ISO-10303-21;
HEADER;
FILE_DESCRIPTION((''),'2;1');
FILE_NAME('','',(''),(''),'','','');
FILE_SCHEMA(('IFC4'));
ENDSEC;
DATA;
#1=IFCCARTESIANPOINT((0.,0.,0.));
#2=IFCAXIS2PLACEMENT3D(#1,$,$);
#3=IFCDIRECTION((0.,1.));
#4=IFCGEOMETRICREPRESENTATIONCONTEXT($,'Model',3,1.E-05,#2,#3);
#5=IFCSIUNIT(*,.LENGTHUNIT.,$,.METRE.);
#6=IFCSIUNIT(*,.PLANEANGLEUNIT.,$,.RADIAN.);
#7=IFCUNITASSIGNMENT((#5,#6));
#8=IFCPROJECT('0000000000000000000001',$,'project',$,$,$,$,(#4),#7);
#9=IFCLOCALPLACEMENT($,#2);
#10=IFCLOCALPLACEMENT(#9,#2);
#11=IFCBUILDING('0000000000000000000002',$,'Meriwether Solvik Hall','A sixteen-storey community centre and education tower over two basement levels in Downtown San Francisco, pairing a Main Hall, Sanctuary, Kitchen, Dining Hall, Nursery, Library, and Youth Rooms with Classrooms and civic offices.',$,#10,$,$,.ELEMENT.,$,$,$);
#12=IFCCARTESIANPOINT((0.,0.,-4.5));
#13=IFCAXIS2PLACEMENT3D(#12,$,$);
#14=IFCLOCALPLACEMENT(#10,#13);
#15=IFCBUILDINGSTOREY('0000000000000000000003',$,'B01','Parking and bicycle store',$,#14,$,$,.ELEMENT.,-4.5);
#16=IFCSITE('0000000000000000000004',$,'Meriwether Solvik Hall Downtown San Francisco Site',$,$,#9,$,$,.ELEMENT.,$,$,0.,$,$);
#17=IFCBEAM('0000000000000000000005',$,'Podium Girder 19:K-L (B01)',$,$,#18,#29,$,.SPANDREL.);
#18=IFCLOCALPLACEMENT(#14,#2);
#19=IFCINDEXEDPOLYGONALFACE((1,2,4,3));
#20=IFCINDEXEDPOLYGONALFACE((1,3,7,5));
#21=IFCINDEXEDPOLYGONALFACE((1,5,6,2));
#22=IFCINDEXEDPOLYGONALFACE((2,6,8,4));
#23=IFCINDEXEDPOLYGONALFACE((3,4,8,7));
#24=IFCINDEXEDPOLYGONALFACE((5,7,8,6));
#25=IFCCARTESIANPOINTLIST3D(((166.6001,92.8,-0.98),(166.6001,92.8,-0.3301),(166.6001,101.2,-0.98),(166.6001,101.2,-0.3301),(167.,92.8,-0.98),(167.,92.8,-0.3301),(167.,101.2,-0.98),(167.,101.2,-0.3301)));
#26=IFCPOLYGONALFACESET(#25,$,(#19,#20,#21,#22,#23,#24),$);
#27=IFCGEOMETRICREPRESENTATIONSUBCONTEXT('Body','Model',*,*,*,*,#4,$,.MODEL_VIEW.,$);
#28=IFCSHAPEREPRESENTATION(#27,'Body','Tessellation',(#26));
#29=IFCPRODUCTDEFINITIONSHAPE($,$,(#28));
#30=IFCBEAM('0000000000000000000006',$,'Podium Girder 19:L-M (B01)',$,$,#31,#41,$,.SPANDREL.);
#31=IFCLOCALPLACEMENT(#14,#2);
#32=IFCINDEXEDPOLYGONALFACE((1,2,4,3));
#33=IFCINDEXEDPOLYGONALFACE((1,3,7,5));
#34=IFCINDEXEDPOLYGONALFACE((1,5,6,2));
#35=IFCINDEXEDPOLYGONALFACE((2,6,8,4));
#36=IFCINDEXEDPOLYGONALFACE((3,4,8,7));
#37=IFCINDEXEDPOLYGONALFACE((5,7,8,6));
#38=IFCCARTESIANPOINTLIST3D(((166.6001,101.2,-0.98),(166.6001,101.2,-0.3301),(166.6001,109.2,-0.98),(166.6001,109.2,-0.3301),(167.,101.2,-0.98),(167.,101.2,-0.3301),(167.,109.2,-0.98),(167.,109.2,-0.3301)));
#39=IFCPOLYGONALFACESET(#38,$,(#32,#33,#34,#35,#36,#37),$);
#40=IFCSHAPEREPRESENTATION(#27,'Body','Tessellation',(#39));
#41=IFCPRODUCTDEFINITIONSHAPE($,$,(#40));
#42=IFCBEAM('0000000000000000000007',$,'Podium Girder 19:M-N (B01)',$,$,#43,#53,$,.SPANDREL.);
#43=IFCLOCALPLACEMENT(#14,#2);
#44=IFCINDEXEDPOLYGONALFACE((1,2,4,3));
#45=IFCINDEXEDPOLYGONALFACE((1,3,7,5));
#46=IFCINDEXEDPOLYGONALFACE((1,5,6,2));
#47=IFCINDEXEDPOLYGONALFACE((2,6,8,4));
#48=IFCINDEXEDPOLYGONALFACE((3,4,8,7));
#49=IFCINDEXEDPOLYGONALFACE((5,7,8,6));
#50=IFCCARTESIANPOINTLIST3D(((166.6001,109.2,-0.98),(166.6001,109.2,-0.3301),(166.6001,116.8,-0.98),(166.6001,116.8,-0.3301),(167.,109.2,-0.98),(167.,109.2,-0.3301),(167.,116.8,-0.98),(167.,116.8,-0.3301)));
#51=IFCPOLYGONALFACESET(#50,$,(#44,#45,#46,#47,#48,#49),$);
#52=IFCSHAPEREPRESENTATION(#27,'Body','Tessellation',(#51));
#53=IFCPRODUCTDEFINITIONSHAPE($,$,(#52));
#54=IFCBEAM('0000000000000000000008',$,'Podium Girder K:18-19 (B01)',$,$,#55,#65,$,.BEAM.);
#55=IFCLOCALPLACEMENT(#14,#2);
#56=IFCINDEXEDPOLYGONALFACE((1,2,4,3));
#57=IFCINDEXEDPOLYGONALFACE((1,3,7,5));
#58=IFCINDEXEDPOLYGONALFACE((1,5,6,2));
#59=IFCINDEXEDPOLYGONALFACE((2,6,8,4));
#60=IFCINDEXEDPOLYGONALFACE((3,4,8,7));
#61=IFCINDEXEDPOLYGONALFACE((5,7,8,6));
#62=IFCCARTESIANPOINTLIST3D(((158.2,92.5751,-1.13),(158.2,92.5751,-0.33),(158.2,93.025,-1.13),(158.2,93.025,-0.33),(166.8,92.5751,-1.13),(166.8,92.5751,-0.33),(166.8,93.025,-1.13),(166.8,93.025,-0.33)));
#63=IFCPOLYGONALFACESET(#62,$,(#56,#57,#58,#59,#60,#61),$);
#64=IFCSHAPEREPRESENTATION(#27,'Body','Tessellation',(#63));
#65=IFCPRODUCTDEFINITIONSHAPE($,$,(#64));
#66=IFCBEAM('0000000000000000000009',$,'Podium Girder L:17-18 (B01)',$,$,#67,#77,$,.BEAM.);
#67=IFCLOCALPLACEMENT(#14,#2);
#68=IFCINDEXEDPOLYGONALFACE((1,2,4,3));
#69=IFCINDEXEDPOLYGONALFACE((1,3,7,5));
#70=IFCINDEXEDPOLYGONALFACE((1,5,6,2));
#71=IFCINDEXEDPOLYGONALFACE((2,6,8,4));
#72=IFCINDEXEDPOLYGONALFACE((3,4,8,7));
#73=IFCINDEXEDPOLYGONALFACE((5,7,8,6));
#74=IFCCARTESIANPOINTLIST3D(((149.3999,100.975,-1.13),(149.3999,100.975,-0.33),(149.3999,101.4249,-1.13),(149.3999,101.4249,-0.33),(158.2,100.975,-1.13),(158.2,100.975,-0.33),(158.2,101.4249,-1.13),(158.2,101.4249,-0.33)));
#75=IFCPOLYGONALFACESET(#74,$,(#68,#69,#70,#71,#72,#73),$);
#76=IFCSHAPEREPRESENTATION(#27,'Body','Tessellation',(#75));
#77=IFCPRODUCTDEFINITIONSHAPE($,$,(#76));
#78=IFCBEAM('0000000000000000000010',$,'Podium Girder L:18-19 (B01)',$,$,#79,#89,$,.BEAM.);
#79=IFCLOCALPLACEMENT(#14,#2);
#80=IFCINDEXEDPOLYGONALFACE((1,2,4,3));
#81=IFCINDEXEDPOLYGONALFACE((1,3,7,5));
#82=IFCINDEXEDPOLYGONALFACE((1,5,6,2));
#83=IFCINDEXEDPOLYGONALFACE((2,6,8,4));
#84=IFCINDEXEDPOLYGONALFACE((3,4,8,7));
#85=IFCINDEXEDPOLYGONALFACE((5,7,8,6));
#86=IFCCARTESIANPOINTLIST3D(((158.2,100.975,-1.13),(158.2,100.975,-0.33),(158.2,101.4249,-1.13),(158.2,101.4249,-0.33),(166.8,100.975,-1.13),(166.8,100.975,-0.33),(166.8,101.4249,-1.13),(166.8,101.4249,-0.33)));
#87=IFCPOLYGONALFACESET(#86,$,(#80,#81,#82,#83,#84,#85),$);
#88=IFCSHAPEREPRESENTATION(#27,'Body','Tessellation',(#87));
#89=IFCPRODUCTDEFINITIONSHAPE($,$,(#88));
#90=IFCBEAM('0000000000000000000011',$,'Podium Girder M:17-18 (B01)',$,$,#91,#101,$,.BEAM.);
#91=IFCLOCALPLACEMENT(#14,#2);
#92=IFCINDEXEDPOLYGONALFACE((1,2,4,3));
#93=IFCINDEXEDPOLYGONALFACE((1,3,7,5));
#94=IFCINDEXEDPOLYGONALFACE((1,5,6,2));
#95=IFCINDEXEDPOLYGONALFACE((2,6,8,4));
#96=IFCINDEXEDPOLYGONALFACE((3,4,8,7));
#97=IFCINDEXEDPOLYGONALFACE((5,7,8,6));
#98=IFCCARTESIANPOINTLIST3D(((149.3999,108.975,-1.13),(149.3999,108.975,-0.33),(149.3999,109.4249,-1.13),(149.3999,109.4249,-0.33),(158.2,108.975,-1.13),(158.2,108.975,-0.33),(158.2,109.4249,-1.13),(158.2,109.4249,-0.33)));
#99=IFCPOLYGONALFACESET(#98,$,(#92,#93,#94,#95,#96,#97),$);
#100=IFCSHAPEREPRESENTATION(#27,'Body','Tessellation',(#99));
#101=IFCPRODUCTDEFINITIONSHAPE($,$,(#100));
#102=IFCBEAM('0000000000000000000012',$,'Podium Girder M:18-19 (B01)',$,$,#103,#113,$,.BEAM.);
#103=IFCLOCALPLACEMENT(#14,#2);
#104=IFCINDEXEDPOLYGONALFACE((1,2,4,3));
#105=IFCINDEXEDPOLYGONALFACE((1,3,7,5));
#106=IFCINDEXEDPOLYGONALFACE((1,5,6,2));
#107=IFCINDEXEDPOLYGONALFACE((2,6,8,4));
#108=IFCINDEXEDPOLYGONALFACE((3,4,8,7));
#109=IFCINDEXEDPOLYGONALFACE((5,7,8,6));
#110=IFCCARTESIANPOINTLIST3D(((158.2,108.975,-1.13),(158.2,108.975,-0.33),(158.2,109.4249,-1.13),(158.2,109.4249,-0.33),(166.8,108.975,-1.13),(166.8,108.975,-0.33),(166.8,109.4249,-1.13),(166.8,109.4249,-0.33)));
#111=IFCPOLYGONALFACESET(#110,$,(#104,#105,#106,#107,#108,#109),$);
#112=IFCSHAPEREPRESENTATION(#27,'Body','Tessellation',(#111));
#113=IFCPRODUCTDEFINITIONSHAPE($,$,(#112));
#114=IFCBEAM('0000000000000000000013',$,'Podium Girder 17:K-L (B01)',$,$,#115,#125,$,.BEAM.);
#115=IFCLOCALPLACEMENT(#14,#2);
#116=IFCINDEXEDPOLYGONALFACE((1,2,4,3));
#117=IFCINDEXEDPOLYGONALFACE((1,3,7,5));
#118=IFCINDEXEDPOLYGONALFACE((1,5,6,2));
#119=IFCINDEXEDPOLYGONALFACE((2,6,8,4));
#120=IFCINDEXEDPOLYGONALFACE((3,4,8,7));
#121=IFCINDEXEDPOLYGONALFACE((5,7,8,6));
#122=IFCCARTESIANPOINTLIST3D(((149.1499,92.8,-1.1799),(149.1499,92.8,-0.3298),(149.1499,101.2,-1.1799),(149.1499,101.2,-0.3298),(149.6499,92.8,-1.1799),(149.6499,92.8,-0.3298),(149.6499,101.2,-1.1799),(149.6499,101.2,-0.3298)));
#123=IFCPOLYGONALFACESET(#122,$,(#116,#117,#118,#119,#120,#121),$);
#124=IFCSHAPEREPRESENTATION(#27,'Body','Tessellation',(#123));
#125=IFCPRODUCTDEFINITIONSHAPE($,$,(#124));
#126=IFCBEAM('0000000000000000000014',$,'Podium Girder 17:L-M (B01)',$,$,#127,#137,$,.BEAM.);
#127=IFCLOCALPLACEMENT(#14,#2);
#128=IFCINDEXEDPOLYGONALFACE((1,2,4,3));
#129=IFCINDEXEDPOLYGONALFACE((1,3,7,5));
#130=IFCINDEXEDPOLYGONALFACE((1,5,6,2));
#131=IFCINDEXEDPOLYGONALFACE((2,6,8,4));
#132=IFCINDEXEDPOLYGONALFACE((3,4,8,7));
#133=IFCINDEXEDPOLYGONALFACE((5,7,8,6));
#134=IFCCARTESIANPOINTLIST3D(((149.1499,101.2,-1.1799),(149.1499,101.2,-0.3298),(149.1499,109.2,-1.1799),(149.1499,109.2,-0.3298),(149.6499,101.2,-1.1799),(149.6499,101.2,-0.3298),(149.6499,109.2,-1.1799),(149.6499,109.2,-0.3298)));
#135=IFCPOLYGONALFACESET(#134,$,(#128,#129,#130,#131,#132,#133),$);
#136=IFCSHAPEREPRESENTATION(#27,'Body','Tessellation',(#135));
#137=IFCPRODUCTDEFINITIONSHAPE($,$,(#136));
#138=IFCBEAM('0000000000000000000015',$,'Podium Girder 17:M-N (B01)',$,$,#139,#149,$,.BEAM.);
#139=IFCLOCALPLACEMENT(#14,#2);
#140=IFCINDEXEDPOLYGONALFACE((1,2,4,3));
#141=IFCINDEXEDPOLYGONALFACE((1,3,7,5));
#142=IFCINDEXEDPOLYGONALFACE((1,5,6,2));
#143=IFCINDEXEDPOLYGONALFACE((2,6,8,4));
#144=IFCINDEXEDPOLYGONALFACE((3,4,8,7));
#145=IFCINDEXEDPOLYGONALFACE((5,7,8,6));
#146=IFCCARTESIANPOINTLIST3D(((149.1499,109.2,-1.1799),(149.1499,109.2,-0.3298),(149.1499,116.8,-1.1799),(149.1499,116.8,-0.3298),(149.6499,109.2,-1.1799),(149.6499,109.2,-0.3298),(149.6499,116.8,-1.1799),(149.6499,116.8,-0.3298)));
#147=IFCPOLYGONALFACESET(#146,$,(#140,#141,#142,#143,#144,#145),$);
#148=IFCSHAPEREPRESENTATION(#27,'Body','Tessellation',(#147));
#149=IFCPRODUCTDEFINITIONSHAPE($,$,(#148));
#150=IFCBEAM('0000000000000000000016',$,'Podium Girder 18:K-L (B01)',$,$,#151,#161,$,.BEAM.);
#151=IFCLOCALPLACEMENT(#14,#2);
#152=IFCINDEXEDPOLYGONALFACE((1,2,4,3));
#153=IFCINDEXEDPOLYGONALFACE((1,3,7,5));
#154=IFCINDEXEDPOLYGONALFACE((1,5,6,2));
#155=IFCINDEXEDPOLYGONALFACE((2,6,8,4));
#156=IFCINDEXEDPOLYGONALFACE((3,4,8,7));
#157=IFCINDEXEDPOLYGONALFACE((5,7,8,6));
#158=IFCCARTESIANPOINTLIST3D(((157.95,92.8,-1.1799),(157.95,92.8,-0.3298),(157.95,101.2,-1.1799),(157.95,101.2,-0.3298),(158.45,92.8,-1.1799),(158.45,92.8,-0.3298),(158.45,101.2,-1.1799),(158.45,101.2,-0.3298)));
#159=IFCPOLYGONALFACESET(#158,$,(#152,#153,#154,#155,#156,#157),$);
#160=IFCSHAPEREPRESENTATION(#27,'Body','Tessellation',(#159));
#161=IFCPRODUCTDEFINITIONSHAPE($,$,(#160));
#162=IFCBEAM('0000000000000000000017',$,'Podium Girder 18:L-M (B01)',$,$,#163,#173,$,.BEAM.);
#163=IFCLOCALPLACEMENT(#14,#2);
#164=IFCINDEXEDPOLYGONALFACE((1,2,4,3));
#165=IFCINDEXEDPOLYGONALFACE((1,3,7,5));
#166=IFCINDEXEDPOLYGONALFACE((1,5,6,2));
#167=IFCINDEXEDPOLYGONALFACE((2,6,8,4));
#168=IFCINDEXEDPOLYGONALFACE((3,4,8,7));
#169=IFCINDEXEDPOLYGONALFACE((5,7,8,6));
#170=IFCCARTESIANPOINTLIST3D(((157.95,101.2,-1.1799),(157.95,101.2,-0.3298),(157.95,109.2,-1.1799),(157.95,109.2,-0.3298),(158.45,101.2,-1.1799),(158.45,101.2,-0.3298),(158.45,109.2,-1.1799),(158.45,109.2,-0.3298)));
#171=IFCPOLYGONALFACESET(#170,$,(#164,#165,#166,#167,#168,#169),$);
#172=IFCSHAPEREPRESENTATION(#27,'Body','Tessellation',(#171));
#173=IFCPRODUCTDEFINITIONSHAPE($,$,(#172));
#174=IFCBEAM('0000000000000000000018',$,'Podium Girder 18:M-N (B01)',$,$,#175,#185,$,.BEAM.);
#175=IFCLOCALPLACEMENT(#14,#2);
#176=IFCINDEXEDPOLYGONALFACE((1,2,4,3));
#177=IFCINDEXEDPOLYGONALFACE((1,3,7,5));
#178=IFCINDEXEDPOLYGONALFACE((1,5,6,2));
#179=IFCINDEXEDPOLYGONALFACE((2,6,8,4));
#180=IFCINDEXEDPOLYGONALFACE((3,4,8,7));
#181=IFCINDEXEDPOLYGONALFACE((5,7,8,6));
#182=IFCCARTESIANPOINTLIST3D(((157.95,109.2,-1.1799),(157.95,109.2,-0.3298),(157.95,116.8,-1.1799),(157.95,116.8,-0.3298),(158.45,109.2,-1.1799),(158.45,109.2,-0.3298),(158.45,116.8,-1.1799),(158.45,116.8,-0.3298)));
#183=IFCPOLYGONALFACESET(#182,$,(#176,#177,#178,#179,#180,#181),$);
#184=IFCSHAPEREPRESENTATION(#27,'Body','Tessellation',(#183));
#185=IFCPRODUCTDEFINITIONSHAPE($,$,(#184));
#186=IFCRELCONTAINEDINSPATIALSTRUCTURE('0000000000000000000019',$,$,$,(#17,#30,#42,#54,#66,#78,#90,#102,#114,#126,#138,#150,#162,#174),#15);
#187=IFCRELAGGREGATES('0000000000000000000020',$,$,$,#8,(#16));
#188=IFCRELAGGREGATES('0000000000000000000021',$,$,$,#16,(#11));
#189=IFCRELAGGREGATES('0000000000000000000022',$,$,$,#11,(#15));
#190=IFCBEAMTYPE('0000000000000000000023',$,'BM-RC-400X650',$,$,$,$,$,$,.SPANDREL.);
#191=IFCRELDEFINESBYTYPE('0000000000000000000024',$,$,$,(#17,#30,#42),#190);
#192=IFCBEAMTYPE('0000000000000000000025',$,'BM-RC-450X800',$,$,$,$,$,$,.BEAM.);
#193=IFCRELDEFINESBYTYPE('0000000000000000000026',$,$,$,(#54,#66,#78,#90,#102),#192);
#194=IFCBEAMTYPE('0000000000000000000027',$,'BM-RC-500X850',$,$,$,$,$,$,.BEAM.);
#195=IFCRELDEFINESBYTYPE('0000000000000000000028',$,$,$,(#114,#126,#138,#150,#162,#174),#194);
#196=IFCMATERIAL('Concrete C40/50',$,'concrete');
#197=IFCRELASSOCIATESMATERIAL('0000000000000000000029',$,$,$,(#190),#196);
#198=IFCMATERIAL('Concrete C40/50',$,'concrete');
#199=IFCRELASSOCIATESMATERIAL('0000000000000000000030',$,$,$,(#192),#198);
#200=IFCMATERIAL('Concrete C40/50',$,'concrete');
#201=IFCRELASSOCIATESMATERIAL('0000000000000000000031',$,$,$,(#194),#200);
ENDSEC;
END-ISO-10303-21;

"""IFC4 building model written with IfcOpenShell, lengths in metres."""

from ifc_helpers import new_model, si_unit, direction, frame, origin, origin_2d, place, context, subcontext, project, spatial, rectangle, extrude, material, material_profile, profile_set, type_object, element, save


model = new_model("IFC4")

# Units and contexts
model_context = context("Model", 3, precision=1e-05, world=origin(), true_north=direction((0.0, 1.0)))
body_context = subcontext(model_context, "Body", "Model", "MODEL_VIEW")
ifc_project = project(units=[si_unit("LENGTHUNIT", "METRE"), si_unit("PLANEANGLEUNIT", "RADIAN")], contexts=[model_context])

# Site, building, storey
site_placement = place(None, origin())
site = spatial("IfcSite", under=ifc_project, at=site_placement, Name="Meriwether Solvik Hall Downtown San Francisco Site", CompositionType="ELEMENT", RefElevation=0.0)
building_placement = place(site_placement, origin())
building = spatial("IfcBuilding", under=site, at=building_placement, Name="Meriwether Solvik Hall", Description="A sixteen-storey community centre and education tower over two basement levels in Downtown San Francisco, pairing a Main Hall, Sanctuary, Kitchen, Dining Hall, Nursery, Library, and Youth Rooms with Classrooms and civic offices.", CompositionType="ELEMENT")
storey_placement = place(building_placement, frame((0.0, 0.0, -4.5)))
storey = spatial("IfcBuildingStorey", under=building, at=storey_placement, Name="B01", Description="Parking and bicycle store", CompositionType="ELEMENT", Elevation=-4.5)

# Beams
ifc_material_1 = material(Name="Concrete C40/50", Category="concrete")
ifc_material_profile_1 = material_profile(ifc_material_1, rectangle(XDim=0.3999, YDim=0.6499, at=origin_2d()), Name="RCB-400X650")
ifc_profile_set_1 = profile_set([ifc_material_profile_1], Name="Concrete C40/50")
beam_type_1 = type_object("IfcBeamType", Name="BM-RC-400X650", PredefinedType="SPANDREL", material=ifc_profile_set_1)
beam_1_placement = place(storey_placement, frame((166.8, 92.8, -0.655), z_axis=(0.0, 1.0, 0.0), x_axis=(-1.0, 0.0, 0.0)))
element("IfcBeam", 1, at=beam_1_placement, inside=storey, type_object=beam_type_1, Name="Podium Girder 19:K-L (B01)", PredefinedType="SPANDREL", context=body_context, shape_type="SweptSolid", body=[
    extrude(rectangle(XDim=0.3999, YDim=0.6499, at=origin_2d()), origin(), (0.0, 0.0, 1.0), 8.3999),
])
beam_2_placement = place(storey_placement, frame((166.8, 101.2, -0.655), z_axis=(0.0, 1.0, 0.0), x_axis=(-1.0, 0.0, 0.0)))
element("IfcBeam", 2, at=beam_2_placement, inside=storey, type_object=beam_type_1, Name="Podium Girder 19:L-M (B01)", PredefinedType="SPANDREL", context=body_context, shape_type="SweptSolid", body=[
    extrude(rectangle(XDim=0.3999, YDim=0.6499, at=origin_2d()), origin(), (0.0, 0.0, 1.0), 8.0),
])
beam_3_placement = place(storey_placement, frame((166.8, 109.2, -0.655), z_axis=(0.0, 1.0, 0.0), x_axis=(-1.0, 0.0, 0.0)))
element("IfcBeam", 3, at=beam_3_placement, inside=storey, type_object=beam_type_1, Name="Podium Girder 19:M-N (B01)", PredefinedType="SPANDREL", context=body_context, shape_type="SweptSolid", body=[
    extrude(rectangle(XDim=0.3999, YDim=0.6499, at=origin_2d()), origin(), (0.0, 0.0, 1.0), 7.6001),
])
ifc_material_2 = material(Name="Concrete C40/50", Category="concrete")
ifc_material_profile_2 = material_profile(ifc_material_2, rectangle(XDim=0.45, YDim=0.8, at=origin_2d()), Name="RCB-450X800")
ifc_profile_set_2 = profile_set([ifc_material_profile_2], Name="Concrete C40/50")
beam_type_2 = type_object("IfcBeamType", Name="BM-RC-450X800", PredefinedType="BEAM", material=ifc_profile_set_2)
beam_4_placement = place(storey_placement, frame((158.2, 92.8, -0.73), z_axis=(1.0, 0.0, 0.0), x_axis=(0.0, 1.0, 0.0)))
element("IfcBeam", 4, at=beam_4_placement, inside=storey, type_object=beam_type_2, Name="Podium Girder K:18-19 (B01)", PredefinedType="BEAM", context=body_context, shape_type="SweptSolid", body=[
    extrude(rectangle(XDim=0.45, YDim=0.8, at=origin_2d()), origin(), (0.0, 0.0, 1.0), 8.6001),
])
beam_5_placement = place(storey_placement, frame((149.3999, 101.2, -0.73), z_axis=(1.0, 0.0, 0.0), x_axis=(0.0, 1.0, 0.0)))
element("IfcBeam", 5, at=beam_5_placement, inside=storey, type_object=beam_type_2, Name="Podium Girder L:17-18 (B01)", PredefinedType="BEAM", context=body_context, shape_type="SweptSolid", body=[
    extrude(rectangle(XDim=0.45, YDim=0.8, at=origin_2d()), origin(), (0.0, 0.0, 1.0), 8.8),
])
beam_6_placement = place(storey_placement, frame((158.2, 101.2, -0.73), z_axis=(1.0, 0.0, 0.0), x_axis=(0.0, 1.0, 0.0)))
element("IfcBeam", 6, at=beam_6_placement, inside=storey, type_object=beam_type_2, Name="Podium Girder L:18-19 (B01)", PredefinedType="BEAM", context=body_context, shape_type="SweptSolid", body=[
    extrude(rectangle(XDim=0.45, YDim=0.8, at=origin_2d()), origin(), (0.0, 0.0, 1.0), 8.6001),
])
beam_7_placement = place(storey_placement, frame((149.3999, 109.2, -0.73), z_axis=(1.0, 0.0, 0.0), x_axis=(0.0, 1.0, 0.0)))
element("IfcBeam", 7, at=beam_7_placement, inside=storey, type_object=beam_type_2, Name="Podium Girder M:17-18 (B01)", PredefinedType="BEAM", context=body_context, shape_type="SweptSolid", body=[
    extrude(rectangle(XDim=0.45, YDim=0.8, at=origin_2d()), origin(), (0.0, 0.0, 1.0), 8.8),
])
beam_8_placement = place(storey_placement, frame((158.2, 109.2, -0.73), z_axis=(1.0, 0.0, 0.0), x_axis=(0.0, 1.0, 0.0)))
element("IfcBeam", 8, at=beam_8_placement, inside=storey, type_object=beam_type_2, Name="Podium Girder M:18-19 (B01)", PredefinedType="BEAM", context=body_context, shape_type="SweptSolid", body=[
    extrude(rectangle(XDim=0.45, YDim=0.8, at=origin_2d()), origin(), (0.0, 0.0, 1.0), 8.6001),
])
ifc_material_3 = material(Name="Concrete C40/50", Category="concrete")
ifc_material_profile_3 = material_profile(ifc_material_3, rectangle(XDim=0.5, YDim=0.8501, at=origin_2d()), Name="RCB-500X850")
ifc_profile_set_3 = profile_set([ifc_material_profile_3], Name="Concrete C40/50")
beam_type_3 = type_object("IfcBeamType", Name="BM-RC-500X850", PredefinedType="BEAM", material=ifc_profile_set_3)
beam_9_placement = place(storey_placement, frame((149.3999, 92.8, -0.7549), z_axis=(0.0, 1.0, 0.0), x_axis=(-1.0, 0.0, 0.0)))
element("IfcBeam", 9, at=beam_9_placement, inside=storey, type_object=beam_type_3, Name="Podium Girder 17:K-L (B01)", PredefinedType="BEAM", context=body_context, shape_type="SweptSolid", body=[
    extrude(rectangle(XDim=0.5, YDim=0.8501, at=origin_2d()), origin(), (0.0, 0.0, 1.0), 8.3999),
])
beam_10_placement = place(storey_placement, frame((149.3999, 101.2, -0.7549), z_axis=(0.0, 1.0, 0.0), x_axis=(-1.0, 0.0, 0.0)))
element("IfcBeam", 10, at=beam_10_placement, inside=storey, type_object=beam_type_3, Name="Podium Girder 17:L-M (B01)", PredefinedType="BEAM", context=body_context, shape_type="SweptSolid", body=[
    extrude(rectangle(XDim=0.5, YDim=0.8501, at=origin_2d()), origin(), (0.0, 0.0, 1.0), 8.0),
])
beam_11_placement = place(storey_placement, frame((149.3999, 109.2, -0.7549), z_axis=(0.0, 1.0, 0.0), x_axis=(-1.0, 0.0, 0.0)))
element("IfcBeam", 11, at=beam_11_placement, inside=storey, type_object=beam_type_3, Name="Podium Girder 17:M-N (B01)", PredefinedType="BEAM", context=body_context, shape_type="SweptSolid", body=[
    extrude(rectangle(XDim=0.5, YDim=0.8501, at=origin_2d()), origin(), (0.0, 0.0, 1.0), 7.6001),
])
beam_12_placement = place(storey_placement, frame((158.2, 92.8, -0.7549), z_axis=(0.0, 1.0, 0.0), x_axis=(-1.0, 0.0, 0.0)))
element("IfcBeam", 12, at=beam_12_placement, inside=storey, type_object=beam_type_3, Name="Podium Girder 18:K-L (B01)", PredefinedType="BEAM", context=body_context, shape_type="SweptSolid", body=[
    extrude(rectangle(XDim=0.5, YDim=0.8501, at=origin_2d()), origin(), (0.0, 0.0, 1.0), 8.3999),
])
beam_13_placement = place(storey_placement, frame((158.2, 101.2, -0.7549), z_axis=(0.0, 1.0, 0.0), x_axis=(-1.0, 0.0, 0.0)))
element("IfcBeam", 13, at=beam_13_placement, inside=storey, type_object=beam_type_3, Name="Podium Girder 18:L-M (B01)", PredefinedType="BEAM", context=body_context, shape_type="SweptSolid", body=[
    extrude(rectangle(XDim=0.5, YDim=0.8501, at=origin_2d()), origin(), (0.0, 0.0, 1.0), 8.0),
])
beam_14_placement = place(storey_placement, frame((158.2, 109.2, -0.7549), z_axis=(0.0, 1.0, 0.0), x_axis=(-1.0, 0.0, 0.0)))
element("IfcBeam", 14, at=beam_14_placement, inside=storey, type_object=beam_type_3, Name="Podium Girder 18:M-N (B01)", PredefinedType="BEAM", context=body_context, shape_type="SweptSolid", body=[
    extrude(rectangle(XDim=0.5, YDim=0.8501, at=origin_2d()), origin(), (0.0, 0.0, 1.0), 7.6001),
])

save(model, "model.ifc")
